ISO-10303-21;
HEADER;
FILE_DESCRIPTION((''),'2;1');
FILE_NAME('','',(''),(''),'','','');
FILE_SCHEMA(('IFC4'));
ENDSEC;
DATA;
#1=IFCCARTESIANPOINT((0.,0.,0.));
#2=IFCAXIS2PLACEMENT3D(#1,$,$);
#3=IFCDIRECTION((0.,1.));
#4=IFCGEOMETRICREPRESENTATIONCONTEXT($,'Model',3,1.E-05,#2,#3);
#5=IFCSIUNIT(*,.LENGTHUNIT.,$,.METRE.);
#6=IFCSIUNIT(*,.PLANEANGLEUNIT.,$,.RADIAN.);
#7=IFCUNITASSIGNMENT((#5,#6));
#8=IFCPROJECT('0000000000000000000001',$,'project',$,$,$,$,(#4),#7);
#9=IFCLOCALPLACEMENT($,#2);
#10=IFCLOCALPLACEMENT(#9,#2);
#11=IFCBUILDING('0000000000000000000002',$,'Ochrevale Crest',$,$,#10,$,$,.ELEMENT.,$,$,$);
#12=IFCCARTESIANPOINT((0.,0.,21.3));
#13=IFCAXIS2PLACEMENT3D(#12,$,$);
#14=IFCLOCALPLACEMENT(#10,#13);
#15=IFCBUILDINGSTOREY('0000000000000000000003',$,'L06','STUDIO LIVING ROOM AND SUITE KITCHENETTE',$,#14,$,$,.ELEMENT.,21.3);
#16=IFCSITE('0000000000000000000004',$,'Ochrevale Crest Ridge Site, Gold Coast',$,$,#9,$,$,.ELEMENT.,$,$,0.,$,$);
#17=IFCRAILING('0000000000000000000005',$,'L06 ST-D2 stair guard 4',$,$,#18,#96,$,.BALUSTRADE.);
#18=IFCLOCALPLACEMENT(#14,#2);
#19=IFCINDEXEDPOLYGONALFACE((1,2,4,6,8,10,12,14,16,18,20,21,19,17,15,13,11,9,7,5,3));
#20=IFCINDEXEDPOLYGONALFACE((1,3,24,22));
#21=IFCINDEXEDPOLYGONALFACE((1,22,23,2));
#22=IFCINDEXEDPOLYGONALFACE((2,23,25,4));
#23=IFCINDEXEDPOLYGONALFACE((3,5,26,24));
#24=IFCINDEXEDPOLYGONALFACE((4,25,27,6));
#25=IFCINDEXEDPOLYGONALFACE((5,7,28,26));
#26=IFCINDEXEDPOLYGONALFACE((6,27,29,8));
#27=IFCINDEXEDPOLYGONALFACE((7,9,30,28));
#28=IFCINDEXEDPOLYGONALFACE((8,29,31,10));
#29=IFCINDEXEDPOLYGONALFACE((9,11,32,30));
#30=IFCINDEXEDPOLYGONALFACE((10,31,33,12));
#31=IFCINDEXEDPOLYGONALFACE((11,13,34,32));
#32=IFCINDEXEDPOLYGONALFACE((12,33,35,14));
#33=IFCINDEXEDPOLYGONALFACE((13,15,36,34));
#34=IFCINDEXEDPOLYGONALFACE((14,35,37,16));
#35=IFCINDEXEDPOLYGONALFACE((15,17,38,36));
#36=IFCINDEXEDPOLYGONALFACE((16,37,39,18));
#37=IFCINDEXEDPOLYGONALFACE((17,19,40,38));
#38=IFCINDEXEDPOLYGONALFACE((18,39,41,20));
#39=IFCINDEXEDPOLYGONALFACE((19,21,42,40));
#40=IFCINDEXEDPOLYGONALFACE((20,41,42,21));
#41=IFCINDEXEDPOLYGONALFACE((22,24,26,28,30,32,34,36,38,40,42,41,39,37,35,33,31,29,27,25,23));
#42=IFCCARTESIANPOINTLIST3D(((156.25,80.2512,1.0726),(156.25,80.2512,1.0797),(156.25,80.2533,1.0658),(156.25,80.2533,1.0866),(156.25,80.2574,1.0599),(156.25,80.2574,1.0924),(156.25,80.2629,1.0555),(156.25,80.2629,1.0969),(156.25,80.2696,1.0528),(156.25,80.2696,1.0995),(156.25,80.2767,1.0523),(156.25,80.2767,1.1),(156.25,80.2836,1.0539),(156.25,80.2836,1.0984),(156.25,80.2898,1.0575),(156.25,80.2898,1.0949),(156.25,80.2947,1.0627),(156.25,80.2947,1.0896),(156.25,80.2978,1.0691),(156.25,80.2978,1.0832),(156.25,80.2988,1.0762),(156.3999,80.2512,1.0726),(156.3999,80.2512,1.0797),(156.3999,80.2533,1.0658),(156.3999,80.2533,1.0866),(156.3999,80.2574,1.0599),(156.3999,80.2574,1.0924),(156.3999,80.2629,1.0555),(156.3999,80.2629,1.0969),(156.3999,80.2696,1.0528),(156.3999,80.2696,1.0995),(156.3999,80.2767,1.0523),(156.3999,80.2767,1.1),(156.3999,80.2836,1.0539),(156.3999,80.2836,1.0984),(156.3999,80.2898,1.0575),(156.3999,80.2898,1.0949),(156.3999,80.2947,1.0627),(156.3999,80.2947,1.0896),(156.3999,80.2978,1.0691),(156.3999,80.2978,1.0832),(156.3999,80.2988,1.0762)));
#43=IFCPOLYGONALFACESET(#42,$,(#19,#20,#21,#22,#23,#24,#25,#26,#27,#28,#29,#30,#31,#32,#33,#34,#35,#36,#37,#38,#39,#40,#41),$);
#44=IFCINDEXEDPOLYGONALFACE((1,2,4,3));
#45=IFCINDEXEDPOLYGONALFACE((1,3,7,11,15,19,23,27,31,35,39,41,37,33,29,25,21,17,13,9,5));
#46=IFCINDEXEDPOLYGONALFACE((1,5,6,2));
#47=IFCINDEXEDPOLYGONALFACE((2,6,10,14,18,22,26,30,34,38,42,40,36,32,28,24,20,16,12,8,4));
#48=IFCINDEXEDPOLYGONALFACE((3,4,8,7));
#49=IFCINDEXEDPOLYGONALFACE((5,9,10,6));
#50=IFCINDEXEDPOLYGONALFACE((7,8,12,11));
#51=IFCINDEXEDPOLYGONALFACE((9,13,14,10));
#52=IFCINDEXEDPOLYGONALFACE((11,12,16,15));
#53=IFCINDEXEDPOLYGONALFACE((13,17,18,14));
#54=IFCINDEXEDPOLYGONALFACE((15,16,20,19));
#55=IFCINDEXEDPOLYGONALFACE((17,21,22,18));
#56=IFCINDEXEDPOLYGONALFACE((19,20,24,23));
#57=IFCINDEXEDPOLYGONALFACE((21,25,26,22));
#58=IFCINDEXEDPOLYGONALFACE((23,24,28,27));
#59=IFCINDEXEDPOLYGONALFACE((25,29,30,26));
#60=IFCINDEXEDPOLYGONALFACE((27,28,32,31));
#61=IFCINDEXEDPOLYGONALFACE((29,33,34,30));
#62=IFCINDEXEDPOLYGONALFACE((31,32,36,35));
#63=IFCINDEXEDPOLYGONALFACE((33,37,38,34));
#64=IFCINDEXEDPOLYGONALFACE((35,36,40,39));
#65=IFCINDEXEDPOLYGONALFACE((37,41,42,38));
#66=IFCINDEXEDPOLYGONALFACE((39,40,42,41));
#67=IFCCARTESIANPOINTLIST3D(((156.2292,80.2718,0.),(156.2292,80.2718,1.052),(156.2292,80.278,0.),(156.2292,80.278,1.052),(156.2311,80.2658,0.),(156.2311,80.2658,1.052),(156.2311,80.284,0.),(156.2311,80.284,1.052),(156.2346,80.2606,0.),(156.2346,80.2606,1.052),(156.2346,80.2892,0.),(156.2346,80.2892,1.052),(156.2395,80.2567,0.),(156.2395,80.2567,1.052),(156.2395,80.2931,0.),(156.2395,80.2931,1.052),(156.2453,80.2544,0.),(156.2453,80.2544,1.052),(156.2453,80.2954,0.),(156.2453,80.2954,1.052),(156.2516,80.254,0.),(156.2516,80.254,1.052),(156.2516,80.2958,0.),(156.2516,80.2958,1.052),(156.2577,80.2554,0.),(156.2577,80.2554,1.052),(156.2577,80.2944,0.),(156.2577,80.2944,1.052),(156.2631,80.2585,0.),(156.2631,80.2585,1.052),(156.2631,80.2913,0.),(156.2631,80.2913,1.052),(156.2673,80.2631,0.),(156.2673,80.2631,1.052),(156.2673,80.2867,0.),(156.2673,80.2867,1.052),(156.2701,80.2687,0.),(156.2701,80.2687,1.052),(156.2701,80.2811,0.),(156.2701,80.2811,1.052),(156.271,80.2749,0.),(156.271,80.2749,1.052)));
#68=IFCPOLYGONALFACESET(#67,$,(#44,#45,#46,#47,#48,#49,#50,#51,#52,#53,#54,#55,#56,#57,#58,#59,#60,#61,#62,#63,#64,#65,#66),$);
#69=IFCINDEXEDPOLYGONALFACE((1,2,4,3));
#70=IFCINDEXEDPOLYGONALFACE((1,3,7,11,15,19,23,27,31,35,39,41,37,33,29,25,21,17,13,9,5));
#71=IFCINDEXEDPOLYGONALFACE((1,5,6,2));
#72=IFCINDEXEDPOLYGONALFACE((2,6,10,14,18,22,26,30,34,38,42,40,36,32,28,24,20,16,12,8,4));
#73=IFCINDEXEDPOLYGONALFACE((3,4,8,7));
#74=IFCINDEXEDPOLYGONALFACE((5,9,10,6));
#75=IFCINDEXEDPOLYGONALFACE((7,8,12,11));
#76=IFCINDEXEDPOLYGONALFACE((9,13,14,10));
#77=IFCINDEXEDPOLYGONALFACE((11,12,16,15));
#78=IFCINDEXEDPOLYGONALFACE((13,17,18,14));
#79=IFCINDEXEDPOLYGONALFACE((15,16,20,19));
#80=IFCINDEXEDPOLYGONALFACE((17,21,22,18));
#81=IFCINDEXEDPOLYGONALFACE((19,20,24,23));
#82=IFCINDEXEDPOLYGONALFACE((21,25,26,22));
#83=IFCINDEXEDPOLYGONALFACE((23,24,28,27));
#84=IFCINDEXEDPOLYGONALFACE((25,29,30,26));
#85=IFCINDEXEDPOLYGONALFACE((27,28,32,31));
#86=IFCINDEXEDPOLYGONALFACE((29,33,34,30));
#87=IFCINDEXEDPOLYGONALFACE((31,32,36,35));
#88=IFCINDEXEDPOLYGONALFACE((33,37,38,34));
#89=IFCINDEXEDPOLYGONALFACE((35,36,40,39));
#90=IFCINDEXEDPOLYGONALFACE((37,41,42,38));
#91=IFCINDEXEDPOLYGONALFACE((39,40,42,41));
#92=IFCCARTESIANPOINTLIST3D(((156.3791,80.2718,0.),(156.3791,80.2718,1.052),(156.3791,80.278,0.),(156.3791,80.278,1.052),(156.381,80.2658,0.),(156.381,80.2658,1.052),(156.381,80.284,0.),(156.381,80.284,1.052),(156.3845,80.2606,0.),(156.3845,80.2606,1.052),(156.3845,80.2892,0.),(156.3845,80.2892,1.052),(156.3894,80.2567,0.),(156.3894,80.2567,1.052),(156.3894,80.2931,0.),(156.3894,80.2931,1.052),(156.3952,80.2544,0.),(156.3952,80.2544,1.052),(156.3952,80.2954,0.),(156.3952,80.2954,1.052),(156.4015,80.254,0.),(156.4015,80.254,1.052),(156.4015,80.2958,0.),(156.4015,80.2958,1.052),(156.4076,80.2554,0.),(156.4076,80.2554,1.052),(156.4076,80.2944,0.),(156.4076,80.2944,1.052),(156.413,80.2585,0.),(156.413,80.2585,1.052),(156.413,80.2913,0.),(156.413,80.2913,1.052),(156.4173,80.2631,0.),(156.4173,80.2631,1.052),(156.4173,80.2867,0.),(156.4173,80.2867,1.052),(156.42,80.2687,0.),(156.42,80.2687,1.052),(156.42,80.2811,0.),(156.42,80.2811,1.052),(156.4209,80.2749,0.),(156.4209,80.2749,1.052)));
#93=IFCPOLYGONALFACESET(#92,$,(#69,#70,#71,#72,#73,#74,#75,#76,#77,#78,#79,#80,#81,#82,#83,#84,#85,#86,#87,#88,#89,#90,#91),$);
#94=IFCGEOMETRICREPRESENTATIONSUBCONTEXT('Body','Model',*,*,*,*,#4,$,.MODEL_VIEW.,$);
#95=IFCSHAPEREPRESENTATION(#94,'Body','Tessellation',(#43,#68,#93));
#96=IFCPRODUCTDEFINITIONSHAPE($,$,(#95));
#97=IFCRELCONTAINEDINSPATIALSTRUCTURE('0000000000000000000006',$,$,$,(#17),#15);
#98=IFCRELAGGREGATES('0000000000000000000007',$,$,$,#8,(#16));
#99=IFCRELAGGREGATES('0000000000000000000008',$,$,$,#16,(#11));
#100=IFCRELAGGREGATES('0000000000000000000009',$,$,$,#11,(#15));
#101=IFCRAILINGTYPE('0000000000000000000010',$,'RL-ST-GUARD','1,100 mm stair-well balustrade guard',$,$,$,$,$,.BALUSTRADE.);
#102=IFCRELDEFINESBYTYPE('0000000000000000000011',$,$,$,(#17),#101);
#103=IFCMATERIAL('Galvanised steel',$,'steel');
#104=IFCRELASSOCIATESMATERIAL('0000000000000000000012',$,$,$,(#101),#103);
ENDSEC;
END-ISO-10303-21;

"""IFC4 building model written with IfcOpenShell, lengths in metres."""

from ifc_helpers import new_model, si_unit, direction, frame, origin, origin_2d, place, context, subcontext, project, spatial, circle, extrude, material, type_object, element, save


model = new_model("IFC4")

# Units and contexts
model_context = context("Model", 3, precision=1e-05, world=origin(), true_north=direction((0.0, 1.0)))
body_context = subcontext(model_context, "Body", "Model", "MODEL_VIEW")
ifc_project = project(units=[si_unit("LENGTHUNIT", "METRE"), si_unit("PLANEANGLEUNIT", "RADIAN")], contexts=[model_context])

# Site, building, storey
site_placement = place(None, origin())
site = spatial("IfcSite", under=ifc_project, at=site_placement, Name="Ochrevale Crest Ridge Site, Gold Coast", CompositionType="ELEMENT", RefElevation=0.0)
building_placement = place(site_placement, origin())
building = spatial("IfcBuilding", under=site, at=building_placement, Name="Ochrevale Crest", CompositionType="ELEMENT")
storey_placement = place(building_placement, frame((0.0, 0.0, 21.3)))
storey = spatial("IfcBuildingStorey", under=building, at=storey_placement, Name="L06", Description="STUDIO LIVING ROOM AND SUITE KITCHENETTE", CompositionType="ELEMENT", Elevation=21.3)

# Railing
ifc_material_1 = material(Name="Galvanised steel", Category="steel")
railing_type = type_object("IfcRailingType", Name="RL-ST-GUARD", Description="1,100 mm stair-well balustrade guard", PredefinedType="BALUSTRADE", material=ifc_material_1)
railing_1_placement = place(storey_placement, frame((156.25, 80.2749, 0.0)))
element("IfcRailing", 1, at=railing_1_placement, inside=storey, type_object=railing_type, Name="L06 ST-D2 stair guard 4", PredefinedType="BALUSTRADE", context=body_context, shape_type="SweptSolid", body=[
    extrude(circle(Radius=0.0239, at=origin_2d()), frame((0.0, 0.0, 1.0762), z_axis=(1.0, 0.0, 0.0), x_axis=(0.0, 1.0, 0.0)), (0.0, 0.0, 1.0), 0.1499),
    extrude(circle(Radius=0.021, at=origin_2d()), origin(), (0.0, 0.0, 1.0), 1.052),
    extrude(circle(Radius=0.021, at=origin_2d()), frame((0.1499, 0.0, 0.0)), (0.0, 0.0, 1.0), 1.052),
])

save(model, "model.ifc")
